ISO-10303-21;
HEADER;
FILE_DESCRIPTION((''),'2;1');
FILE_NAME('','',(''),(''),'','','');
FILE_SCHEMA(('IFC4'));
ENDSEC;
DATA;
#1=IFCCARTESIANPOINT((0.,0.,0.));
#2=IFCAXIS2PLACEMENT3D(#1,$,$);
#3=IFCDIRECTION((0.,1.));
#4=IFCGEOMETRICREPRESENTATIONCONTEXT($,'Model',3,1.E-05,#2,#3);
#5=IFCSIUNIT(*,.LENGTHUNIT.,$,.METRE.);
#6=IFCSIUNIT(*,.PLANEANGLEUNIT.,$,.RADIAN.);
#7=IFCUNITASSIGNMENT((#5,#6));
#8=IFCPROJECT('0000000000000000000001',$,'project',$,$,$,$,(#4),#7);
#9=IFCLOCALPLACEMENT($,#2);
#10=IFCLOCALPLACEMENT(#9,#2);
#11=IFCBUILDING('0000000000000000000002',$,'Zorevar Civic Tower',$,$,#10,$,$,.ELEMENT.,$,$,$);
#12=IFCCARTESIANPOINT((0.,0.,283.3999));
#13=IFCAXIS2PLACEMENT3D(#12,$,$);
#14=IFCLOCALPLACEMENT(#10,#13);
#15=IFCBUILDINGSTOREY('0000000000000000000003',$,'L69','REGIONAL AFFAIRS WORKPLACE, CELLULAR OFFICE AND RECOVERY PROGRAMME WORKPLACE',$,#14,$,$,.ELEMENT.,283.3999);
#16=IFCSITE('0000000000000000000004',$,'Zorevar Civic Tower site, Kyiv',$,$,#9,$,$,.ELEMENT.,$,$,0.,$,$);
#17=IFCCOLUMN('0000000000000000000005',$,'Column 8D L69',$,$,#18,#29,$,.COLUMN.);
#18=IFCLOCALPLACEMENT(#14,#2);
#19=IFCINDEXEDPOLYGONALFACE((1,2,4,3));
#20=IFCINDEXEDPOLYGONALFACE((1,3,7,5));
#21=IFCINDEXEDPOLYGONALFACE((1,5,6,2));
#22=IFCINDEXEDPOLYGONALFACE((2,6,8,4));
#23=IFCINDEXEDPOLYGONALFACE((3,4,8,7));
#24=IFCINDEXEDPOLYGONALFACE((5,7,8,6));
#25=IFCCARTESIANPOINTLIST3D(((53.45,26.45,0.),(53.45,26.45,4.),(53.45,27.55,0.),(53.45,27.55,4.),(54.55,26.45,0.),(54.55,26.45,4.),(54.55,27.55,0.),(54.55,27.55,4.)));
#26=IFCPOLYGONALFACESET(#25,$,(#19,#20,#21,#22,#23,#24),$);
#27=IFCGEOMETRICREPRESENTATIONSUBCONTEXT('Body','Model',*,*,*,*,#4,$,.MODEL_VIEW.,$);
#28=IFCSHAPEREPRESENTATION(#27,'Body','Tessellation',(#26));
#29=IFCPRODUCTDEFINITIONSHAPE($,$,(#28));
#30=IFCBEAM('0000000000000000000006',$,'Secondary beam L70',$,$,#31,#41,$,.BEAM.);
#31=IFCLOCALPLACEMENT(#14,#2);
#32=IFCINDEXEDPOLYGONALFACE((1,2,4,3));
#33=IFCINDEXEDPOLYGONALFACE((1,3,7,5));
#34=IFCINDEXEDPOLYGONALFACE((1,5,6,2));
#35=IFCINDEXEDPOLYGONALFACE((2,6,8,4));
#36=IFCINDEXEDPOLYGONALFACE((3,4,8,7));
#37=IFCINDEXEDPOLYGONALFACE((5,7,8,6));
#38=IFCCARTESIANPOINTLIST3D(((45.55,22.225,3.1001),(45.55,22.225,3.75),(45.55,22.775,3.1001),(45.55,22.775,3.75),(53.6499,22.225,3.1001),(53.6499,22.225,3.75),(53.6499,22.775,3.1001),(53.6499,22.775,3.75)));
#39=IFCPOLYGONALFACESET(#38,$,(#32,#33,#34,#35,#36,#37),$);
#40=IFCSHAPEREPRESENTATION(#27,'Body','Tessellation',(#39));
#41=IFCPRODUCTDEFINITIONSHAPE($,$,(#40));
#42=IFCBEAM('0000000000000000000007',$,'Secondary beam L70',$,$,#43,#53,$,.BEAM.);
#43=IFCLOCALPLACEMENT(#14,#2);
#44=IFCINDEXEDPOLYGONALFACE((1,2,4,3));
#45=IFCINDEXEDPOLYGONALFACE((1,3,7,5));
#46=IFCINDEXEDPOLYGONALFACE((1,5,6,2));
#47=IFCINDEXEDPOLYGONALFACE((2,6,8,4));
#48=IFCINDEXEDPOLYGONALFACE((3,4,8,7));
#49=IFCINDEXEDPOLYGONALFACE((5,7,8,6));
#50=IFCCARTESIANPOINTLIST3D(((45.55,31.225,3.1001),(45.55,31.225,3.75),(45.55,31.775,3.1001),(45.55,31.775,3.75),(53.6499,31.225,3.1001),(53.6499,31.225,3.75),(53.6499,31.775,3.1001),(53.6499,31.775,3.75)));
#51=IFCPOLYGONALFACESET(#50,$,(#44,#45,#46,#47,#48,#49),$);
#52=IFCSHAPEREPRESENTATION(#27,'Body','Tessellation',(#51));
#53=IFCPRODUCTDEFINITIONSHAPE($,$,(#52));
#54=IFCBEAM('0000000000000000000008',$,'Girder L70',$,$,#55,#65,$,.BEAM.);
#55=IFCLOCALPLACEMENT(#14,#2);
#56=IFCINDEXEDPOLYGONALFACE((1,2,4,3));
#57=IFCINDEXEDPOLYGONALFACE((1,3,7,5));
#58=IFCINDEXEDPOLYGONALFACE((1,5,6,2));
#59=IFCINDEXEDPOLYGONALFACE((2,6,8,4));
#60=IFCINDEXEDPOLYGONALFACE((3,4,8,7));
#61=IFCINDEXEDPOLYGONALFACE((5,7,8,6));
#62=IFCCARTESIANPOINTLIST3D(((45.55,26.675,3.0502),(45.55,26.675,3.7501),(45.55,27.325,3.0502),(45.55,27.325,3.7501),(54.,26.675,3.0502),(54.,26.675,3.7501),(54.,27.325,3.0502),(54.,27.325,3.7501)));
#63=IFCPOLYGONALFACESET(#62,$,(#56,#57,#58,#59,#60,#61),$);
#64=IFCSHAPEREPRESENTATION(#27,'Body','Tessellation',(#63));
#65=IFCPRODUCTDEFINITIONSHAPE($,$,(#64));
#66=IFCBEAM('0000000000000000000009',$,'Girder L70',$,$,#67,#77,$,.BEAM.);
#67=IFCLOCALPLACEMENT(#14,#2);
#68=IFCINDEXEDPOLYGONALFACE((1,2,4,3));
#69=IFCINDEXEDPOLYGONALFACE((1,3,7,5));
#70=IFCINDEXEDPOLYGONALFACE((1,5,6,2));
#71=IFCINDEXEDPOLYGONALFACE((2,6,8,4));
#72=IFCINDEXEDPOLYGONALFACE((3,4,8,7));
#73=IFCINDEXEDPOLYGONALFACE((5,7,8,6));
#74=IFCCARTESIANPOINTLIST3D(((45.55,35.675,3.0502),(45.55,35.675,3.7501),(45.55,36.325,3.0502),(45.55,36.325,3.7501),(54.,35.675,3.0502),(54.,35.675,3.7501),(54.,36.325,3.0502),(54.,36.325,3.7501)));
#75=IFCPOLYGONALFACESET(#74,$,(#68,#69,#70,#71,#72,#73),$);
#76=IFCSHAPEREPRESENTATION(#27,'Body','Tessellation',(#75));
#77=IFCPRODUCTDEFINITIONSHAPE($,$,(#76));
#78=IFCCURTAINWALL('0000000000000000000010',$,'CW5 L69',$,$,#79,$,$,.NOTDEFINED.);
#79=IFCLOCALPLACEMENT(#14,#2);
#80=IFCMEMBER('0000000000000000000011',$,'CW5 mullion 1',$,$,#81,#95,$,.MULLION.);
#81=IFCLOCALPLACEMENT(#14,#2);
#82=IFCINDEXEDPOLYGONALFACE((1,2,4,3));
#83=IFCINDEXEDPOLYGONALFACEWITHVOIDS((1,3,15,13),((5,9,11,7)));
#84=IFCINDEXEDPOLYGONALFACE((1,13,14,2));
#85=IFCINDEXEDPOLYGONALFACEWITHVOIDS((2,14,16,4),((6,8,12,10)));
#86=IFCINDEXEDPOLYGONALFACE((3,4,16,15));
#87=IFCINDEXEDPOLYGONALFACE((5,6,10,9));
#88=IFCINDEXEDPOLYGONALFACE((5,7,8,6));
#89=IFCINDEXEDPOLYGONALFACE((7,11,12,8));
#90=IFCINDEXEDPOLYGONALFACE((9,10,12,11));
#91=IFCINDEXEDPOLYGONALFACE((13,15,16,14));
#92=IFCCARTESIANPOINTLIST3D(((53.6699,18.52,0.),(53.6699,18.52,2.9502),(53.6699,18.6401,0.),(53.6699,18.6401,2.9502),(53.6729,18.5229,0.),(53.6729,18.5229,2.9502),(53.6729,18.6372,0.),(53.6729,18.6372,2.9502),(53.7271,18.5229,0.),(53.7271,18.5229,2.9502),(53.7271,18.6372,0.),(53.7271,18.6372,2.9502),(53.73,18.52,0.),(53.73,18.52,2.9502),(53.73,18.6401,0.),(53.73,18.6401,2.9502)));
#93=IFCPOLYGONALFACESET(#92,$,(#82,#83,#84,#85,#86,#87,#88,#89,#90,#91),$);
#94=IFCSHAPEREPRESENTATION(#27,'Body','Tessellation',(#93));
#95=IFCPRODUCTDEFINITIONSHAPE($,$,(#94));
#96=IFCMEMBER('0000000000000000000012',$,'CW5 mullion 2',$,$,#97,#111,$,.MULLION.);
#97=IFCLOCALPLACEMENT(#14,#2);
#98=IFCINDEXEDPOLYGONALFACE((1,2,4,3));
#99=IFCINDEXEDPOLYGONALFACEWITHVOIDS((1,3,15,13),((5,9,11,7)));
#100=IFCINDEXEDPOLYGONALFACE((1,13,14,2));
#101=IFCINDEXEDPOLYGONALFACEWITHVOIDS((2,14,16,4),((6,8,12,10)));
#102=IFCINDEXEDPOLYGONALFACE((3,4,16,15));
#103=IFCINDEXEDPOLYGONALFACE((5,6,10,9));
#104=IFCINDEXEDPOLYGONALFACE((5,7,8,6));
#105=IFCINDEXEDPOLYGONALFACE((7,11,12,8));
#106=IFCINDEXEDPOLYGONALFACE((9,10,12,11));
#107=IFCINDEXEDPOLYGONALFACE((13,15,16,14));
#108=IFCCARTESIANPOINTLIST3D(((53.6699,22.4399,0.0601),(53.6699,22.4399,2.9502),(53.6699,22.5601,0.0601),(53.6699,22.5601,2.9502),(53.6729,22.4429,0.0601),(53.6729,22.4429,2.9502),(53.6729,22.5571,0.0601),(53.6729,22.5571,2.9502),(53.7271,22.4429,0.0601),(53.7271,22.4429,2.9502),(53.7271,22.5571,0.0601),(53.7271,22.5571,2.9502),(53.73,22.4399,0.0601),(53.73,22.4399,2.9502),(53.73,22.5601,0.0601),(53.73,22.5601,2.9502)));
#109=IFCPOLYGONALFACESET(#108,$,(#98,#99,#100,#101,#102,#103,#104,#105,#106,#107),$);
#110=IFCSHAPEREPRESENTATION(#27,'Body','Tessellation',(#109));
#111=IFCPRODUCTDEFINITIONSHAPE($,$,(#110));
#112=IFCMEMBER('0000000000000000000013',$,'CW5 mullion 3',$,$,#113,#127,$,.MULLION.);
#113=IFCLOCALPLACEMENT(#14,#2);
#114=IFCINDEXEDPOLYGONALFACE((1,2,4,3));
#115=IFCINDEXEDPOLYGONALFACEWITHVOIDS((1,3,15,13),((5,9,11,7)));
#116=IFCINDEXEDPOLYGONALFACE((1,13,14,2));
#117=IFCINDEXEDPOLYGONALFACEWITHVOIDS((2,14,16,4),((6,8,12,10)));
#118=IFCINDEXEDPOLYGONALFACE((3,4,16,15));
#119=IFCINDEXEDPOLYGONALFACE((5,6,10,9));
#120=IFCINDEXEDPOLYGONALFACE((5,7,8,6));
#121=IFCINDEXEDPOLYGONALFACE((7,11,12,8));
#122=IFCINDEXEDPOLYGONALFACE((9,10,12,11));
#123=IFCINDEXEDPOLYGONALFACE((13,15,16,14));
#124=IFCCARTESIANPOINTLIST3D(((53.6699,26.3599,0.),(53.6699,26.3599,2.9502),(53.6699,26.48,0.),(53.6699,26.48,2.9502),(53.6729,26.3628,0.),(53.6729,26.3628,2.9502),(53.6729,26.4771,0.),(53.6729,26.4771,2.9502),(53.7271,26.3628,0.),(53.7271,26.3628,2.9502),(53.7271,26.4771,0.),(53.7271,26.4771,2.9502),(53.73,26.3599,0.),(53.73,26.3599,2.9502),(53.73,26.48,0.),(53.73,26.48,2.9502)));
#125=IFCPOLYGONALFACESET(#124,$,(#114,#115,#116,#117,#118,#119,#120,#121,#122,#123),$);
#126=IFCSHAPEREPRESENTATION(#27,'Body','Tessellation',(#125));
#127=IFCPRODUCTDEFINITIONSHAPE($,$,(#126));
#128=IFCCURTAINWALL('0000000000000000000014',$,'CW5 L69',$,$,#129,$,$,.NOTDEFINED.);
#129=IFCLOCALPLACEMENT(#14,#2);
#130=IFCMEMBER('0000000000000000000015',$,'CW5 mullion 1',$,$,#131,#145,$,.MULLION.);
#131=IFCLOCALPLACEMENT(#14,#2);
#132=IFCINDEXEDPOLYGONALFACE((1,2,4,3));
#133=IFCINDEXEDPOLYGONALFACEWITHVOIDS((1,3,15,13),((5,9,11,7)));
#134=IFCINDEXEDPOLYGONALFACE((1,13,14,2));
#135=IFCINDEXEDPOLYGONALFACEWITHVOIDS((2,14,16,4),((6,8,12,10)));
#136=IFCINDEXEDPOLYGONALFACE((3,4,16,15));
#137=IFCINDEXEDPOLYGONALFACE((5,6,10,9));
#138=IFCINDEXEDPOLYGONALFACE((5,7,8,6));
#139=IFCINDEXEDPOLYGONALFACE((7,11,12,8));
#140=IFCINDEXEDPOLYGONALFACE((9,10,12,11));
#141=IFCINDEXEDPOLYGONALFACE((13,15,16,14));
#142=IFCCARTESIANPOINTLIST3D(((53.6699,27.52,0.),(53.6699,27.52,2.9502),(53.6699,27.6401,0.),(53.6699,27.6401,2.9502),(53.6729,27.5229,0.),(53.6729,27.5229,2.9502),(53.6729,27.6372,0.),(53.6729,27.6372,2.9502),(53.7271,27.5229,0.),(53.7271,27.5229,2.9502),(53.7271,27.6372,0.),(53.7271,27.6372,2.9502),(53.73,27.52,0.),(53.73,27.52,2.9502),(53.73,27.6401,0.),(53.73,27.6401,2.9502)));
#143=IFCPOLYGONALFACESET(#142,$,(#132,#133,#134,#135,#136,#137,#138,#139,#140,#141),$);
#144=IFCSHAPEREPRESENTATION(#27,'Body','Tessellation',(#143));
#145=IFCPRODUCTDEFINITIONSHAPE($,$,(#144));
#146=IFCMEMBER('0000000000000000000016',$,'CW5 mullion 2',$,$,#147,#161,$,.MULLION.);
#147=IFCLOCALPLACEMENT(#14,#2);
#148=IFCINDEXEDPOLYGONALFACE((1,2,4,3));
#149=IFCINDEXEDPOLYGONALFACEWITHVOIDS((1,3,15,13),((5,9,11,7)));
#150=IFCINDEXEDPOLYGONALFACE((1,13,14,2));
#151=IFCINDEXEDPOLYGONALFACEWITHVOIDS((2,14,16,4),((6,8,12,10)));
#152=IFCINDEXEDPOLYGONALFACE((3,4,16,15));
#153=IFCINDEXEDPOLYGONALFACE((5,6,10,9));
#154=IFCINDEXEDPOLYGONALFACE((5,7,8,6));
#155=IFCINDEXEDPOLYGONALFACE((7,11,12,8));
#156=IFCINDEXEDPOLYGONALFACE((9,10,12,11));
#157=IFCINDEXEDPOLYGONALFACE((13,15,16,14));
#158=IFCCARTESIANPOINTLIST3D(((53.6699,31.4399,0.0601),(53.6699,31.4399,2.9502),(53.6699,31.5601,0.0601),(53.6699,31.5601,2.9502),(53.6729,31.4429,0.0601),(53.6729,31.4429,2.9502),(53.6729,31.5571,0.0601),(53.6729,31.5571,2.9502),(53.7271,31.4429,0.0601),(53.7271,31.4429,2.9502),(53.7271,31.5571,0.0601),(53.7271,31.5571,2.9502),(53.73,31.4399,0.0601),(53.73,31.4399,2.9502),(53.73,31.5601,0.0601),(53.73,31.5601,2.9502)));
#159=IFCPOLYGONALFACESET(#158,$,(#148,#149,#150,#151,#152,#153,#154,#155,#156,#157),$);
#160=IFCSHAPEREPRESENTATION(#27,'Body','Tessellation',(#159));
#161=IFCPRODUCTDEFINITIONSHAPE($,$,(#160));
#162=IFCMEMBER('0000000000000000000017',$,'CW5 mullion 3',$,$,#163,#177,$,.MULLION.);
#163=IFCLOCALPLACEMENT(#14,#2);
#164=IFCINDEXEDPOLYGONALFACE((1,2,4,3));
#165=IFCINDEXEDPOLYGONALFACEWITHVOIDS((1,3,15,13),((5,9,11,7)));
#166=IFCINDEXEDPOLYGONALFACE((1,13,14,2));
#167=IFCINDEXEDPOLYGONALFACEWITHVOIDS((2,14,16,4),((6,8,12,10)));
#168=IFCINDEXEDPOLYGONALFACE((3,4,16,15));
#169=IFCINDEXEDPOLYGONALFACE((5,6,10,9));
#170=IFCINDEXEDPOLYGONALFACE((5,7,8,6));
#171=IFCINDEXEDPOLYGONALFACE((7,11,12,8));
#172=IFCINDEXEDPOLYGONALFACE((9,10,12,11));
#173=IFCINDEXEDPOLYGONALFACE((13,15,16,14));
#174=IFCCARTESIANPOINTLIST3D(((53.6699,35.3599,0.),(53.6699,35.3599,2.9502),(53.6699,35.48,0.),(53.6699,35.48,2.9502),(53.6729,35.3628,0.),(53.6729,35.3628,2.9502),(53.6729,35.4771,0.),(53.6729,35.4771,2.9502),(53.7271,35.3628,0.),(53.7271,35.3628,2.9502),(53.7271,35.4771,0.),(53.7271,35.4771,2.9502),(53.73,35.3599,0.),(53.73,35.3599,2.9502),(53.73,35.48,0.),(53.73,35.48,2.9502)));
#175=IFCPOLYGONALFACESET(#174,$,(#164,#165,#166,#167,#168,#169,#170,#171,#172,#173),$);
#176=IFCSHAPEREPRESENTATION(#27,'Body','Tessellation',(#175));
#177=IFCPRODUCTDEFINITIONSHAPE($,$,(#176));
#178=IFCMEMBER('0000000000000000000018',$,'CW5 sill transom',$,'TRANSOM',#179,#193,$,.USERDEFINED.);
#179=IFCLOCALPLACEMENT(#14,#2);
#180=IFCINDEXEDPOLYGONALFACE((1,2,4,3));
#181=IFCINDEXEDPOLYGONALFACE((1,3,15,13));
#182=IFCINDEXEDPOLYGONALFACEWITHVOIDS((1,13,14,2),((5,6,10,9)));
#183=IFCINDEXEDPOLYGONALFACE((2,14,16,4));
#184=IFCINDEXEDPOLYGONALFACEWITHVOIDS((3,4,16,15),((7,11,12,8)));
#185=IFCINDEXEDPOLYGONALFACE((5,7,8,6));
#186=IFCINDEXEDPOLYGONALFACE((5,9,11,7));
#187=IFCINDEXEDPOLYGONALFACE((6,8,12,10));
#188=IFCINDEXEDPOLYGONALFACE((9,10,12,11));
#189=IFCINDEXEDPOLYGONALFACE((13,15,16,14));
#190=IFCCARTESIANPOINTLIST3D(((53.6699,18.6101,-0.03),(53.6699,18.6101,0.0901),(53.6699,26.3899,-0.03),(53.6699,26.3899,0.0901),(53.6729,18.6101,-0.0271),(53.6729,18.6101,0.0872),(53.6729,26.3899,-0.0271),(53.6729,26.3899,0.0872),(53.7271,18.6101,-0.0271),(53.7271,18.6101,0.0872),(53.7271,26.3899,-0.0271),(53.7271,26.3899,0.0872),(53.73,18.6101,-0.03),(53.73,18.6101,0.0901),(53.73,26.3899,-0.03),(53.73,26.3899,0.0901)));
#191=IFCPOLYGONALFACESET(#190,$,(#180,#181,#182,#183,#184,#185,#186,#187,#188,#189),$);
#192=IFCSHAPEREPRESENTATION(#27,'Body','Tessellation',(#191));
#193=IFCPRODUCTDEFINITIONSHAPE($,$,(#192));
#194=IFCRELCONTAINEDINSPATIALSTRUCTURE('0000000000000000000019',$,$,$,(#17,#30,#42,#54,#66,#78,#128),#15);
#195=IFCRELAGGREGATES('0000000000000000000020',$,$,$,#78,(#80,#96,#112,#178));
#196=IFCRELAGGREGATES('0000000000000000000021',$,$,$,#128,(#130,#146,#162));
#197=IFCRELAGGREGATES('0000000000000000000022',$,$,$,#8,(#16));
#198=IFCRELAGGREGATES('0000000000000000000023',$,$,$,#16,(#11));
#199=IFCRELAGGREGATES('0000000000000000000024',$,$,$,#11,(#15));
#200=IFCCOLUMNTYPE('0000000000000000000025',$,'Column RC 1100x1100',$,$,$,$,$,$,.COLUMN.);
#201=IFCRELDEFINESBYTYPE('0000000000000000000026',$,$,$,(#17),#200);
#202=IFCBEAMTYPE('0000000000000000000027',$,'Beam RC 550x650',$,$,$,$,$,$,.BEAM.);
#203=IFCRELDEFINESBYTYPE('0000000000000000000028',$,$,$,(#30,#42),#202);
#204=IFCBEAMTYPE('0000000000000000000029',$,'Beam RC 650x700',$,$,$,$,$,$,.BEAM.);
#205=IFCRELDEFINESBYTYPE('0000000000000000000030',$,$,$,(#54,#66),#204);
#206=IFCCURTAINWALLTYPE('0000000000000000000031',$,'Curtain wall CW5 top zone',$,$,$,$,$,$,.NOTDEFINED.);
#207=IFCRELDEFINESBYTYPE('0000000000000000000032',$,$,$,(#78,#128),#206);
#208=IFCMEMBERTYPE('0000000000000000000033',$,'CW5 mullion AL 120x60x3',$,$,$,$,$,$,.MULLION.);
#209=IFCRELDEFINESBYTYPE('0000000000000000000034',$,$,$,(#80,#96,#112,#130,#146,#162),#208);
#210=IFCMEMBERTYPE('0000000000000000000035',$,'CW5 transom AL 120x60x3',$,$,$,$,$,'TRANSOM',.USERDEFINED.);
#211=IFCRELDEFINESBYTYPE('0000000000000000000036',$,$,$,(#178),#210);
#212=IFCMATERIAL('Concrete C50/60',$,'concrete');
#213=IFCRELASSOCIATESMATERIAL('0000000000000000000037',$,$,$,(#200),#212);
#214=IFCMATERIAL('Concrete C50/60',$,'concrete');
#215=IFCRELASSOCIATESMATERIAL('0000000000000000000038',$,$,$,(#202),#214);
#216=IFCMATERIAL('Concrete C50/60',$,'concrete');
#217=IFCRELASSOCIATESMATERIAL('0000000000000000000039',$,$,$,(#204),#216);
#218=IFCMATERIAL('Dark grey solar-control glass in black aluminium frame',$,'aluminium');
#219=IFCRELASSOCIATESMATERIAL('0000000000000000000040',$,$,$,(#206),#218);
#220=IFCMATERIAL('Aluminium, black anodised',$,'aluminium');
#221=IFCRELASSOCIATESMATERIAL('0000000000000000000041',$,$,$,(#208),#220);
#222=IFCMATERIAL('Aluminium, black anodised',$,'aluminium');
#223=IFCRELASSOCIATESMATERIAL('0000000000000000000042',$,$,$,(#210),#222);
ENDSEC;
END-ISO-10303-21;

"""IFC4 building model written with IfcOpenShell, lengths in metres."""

from ifc_helpers import new_model, si_unit, direction, frame, origin, origin_2d, place, context, subcontext, project, spatial, rectangle, hollow_rectangle, extrude, material, material_profile, profile_set, type_object, element, aggregate, save


model = new_model("IFC4")

# Units and contexts
model_context = context("Model", 3, precision=1e-05, world=origin(), true_north=direction((0.0, 1.0)))
body_context = subcontext(model_context, "Body", "Model", "MODEL_VIEW")
ifc_project = project(units=[si_unit("LENGTHUNIT", "METRE"), si_unit("PLANEANGLEUNIT", "RADIAN")], contexts=[model_context])

# Site, building, storey
site_placement = place(None, origin())
site = spatial("IfcSite", under=ifc_project, at=site_placement, Name="Zorevar Civic Tower site, Kyiv", CompositionType="ELEMENT", RefElevation=0.0)
building_placement = place(site_placement, origin())
building = spatial("IfcBuilding", under=site, at=building_placement, Name="Zorevar Civic Tower", CompositionType="ELEMENT")
storey_placement = place(building_placement, frame((0.0, 0.0, 283.3999)))
storey = spatial("IfcBuildingStorey", under=building, at=storey_placement, Name="L69", Description="REGIONAL AFFAIRS WORKPLACE, CELLULAR OFFICE AND RECOVERY PROGRAMME WORKPLACE", CompositionType="ELEMENT", Elevation=283.3999)

# Column
ifc_material_1 = material(Name="Concrete C50/60", Category="concrete")
ifc_material_profile_1 = material_profile(ifc_material_1, rectangle(XDim=1.1001, YDim=1.1001, at=origin_2d()), Name="RC 1100x1100")
ifc_profile_set_1 = profile_set([ifc_material_profile_1], Name="Concrete C50/60")
column_type = type_object("IfcColumnType", Name="Column RC 1100x1100", PredefinedType="COLUMN", material=ifc_profile_set_1)
column_placement = place(storey_placement, frame((54.0, 27.0, 0.0), z_axis=(0.0, 0.0, 1.0), x_axis=(1.0, 0.0, 0.0)))
element("IfcColumn", 1, at=column_placement, inside=storey, type_object=column_type, Name="Column 8D L69", PredefinedType="COLUMN", context=body_context, shape_type="SweptSolid", body=[
    extrude(rectangle(XDim=1.1001, YDim=1.1001, at=origin_2d()), origin(), (0.0, 0.0, 1.0), 4.0),
])

# Beams
ifc_material_2 = material(Name="Concrete C50/60", Category="concrete")
ifc_material_profile_2 = material_profile(ifc_material_2, rectangle(XDim=0.55, YDim=0.6499, at=origin_2d()), Name="RC 550x650")
ifc_profile_set_2 = profile_set([ifc_material_profile_2], Name="Concrete C50/60")
beam_type_1 = type_object("IfcBeamType", Name="Beam RC 550x650", PredefinedType="BEAM", material=ifc_profile_set_2)
for number, where, z_axis, x_axis, name in (
    (2, (45.55, 22.5, 3.425), (1.0, 0.0, 0.0), (0.0, 1.0, 0.0), "Secondary beam L70"),
    (3, (45.55, 31.5, 3.425), (1.0, 0.0, 0.0), (0.0, 1.0, 0.0), "Secondary beam L70"),
):
    element("IfcBeam", number, at=place(storey_placement, frame(where, z_axis=z_axis, x_axis=x_axis)), inside=storey, type_object=beam_type_1, Name=name, PredefinedType="BEAM", context=body_context, shape_type="SweptSolid", body=[
        extrude(rectangle(XDim=0.55, YDim=0.6499, at=origin_2d()), origin(), (0.0, 0.0, 1.0), 8.0999),
    ])
ifc_material_3 = material(Name="Concrete C50/60", Category="concrete")
ifc_material_profile_3 = material_profile(ifc_material_3, rectangle(XDim=0.6499, YDim=0.7, at=origin_2d()), Name="RC 650x700")
ifc_profile_set_3 = profile_set([ifc_material_profile_3], Name="Concrete C50/60")
beam_type_2 = type_object("IfcBeamType", Name="Beam RC 650x700", PredefinedType="BEAM", material=ifc_profile_set_3)
for number, where, z_axis, x_axis, name in (
    (4, (45.55, 27.0, 3.4001), (1.0, 0.0, 0.0), (0.0, 1.0, 0.0), "Girder L70"),
    (5, (45.55, 36.0, 3.4001), (1.0, 0.0, 0.0), (0.0, 1.0, 0.0), "Girder L70"),
):
    element("IfcBeam", number, at=place(storey_placement, frame(where, z_axis=z_axis, x_axis=x_axis)), inside=storey, type_object=beam_type_2, Name=name, PredefinedType="BEAM", context=body_context, shape_type="SweptSolid", body=[
        extrude(rectangle(XDim=0.6499, YDim=0.7, at=origin_2d()), origin(), (0.0, 0.0, 1.0), 8.45),
    ])

# Curtain walls, members
ifc_material_4 = material(Name="Dark grey solar-control glass in black aluminium frame", Category="aluminium")
curtain_wall_type = type_object("IfcCurtainWallType", Name="Curtain wall CW5 top zone", PredefinedType="NOTDEFINED", material=ifc_material_4)
curtain_wall_1_placement = place(storey_placement, origin())
curtain_wall_1 = element("IfcCurtainWall", 6, at=curtain_wall_1_placement, inside=storey, type_object=curtain_wall_type, Name="CW5 L69", PredefinedType="NOTDEFINED")
ifc_material_5 = material(Name="Aluminium, black anodised", Category="aluminium")
ifc_material_profile_4 = material_profile(ifc_material_5, hollow_rectangle(XDim=0.0601, YDim=0.1201, WallThickness=0.0029, at=origin_2d()), Name="AL 120x60x3")
ifc_profile_set_4 = profile_set([ifc_material_profile_4], Name="Aluminium, black anodised")
member_type_1 = type_object("IfcMemberType", Name="CW5 mullion AL 120x60x3", PredefinedType="MULLION", material=ifc_profile_set_4)
member_1_placement = place(storey_placement, frame((53.7, 18.5801, 0.0), z_axis=(0.0, 0.0, 1.0), x_axis=(-1.0, 0.0, 0.0)))
member_1 = element("IfcMember", 7, at=member_1_placement, type_object=member_type_1, Name="CW5 mullion 1", PredefinedType="MULLION", context=body_context, shape_type="SweptSolid", body=[
    extrude(hollow_rectangle(XDim=0.0601, YDim=0.1201, WallThickness=0.0029, at=origin_2d()), origin(), (0.0, 0.0, 1.0), 2.9502),
])
member_2_placement = place(storey_placement, frame((53.7, 22.5, 0.0601), z_axis=(0.0, 0.0, 1.0), x_axis=(-1.0, 0.0, 0.0)))
member_2 = element("IfcMember", 8, at=member_2_placement, type_object=member_type_1, Name="CW5 mullion 2", PredefinedType="MULLION", context=body_context, shape_type="SweptSolid", body=[
    extrude(hollow_rectangle(XDim=0.0601, YDim=0.1201, WallThickness=0.0029, at=origin_2d()), origin(), (0.0, 0.0, 1.0), 2.8901),
])
member_3_placement = place(storey_placement, frame((53.7, 26.4199, 0.0), z_axis=(0.0, 0.0, 1.0), x_axis=(-1.0, 0.0, 0.0)))
member_3 = element("IfcMember", 9, at=member_3_placement, type_object=member_type_1, Name="CW5 mullion 3", PredefinedType="MULLION", context=body_context, shape_type="SweptSolid", body=[
    extrude(hollow_rectangle(XDim=0.0601, YDim=0.1201, WallThickness=0.0029, at=origin_2d()), origin(), (0.0, 0.0, 1.0), 2.9502),
])
curtain_wall_2_placement = place(storey_placement, origin())
curtain_wall_2 = element("IfcCurtainWall", 10, at=curtain_wall_2_placement, inside=storey, type_object=curtain_wall_type, Name="CW5 L69", PredefinedType="NOTDEFINED")
member_4_placement = place(storey_placement, frame((53.7, 27.5801, 0.0), z_axis=(0.0, 0.0, 1.0), x_axis=(-1.0, 0.0, 0.0)))
member_4 = element("IfcMember", 11, at=member_4_placement, type_object=member_type_1, Name="CW5 mullion 1", PredefinedType="MULLION", context=body_context, shape_type="SweptSolid", body=[
    extrude(hollow_rectangle(XDim=0.0601, YDim=0.1201, WallThickness=0.0029, at=origin_2d()), origin(), (0.0, 0.0, 1.0), 2.9502),
])
member_5_placement = place(storey_placement, frame((53.7, 31.5, 0.0601), z_axis=(0.0, 0.0, 1.0), x_axis=(-1.0, 0.0, 0.0)))
member_5 = element("IfcMember", 12, at=member_5_placement, type_object=member_type_1, Name="CW5 mullion 2", PredefinedType="MULLION", context=body_context, shape_type="SweptSolid", body=[
    extrude(hollow_rectangle(XDim=0.0601, YDim=0.1201, WallThickness=0.0029, at=origin_2d()), origin(), (0.0, 0.0, 1.0), 2.8901),
])
member_6_placement = place(storey_placement, frame((53.7, 35.4199, 0.0), z_axis=(0.0, 0.0, 1.0), x_axis=(-1.0, 0.0, 0.0)))
member_6 = element("IfcMember", 13, at=member_6_placement, type_object=member_type_1, Name="CW5 mullion 3", PredefinedType="MULLION", context=body_context, shape_type="SweptSolid", body=[
    extrude(hollow_rectangle(XDim=0.0601, YDim=0.1201, WallThickness=0.0029, at=origin_2d()), origin(), (0.0, 0.0, 1.0), 2.9502),
])

# Member
ifc_material_6 = material(Name="Aluminium, black anodised", Category="aluminium")
ifc_material_profile_5 = material_profile(ifc_material_6, hollow_rectangle(XDim=0.0601, YDim=0.1201, WallThickness=0.0029, at=origin_2d()), Name="AL 120x60x3")
ifc_profile_set_5 = profile_set([ifc_material_profile_5], Name="Aluminium, black anodised")
member_type_2 = type_object("IfcMemberType", Name="CW5 transom AL 120x60x3", ElementType="TRANSOM", PredefinedType="USERDEFINED", material=ifc_profile_set_5)
member_7_placement = place(storey_placement, frame((53.7, 18.6101, 0.03), z_axis=(0.0, 1.0, 0.0), x_axis=(-1.0, 0.0, 0.0)))
member_7 = element("IfcMember", 14, at=member_7_placement, type_object=member_type_2, Name="CW5 sill transom", ObjectType="TRANSOM", PredefinedType="USERDEFINED", context=body_context, shape_type="SweptSolid", body=[
    extrude(hollow_rectangle(XDim=0.0601, YDim=0.1201, WallThickness=0.0029, at=origin_2d()), origin(), (0.0, 0.0, 1.0), 7.7798),
])

aggregate(curtain_wall_1, [member_1, member_2, member_3, member_7])
aggregate(curtain_wall_2, [member_4, member_5, member_6])

save(model, "model.ifc")
